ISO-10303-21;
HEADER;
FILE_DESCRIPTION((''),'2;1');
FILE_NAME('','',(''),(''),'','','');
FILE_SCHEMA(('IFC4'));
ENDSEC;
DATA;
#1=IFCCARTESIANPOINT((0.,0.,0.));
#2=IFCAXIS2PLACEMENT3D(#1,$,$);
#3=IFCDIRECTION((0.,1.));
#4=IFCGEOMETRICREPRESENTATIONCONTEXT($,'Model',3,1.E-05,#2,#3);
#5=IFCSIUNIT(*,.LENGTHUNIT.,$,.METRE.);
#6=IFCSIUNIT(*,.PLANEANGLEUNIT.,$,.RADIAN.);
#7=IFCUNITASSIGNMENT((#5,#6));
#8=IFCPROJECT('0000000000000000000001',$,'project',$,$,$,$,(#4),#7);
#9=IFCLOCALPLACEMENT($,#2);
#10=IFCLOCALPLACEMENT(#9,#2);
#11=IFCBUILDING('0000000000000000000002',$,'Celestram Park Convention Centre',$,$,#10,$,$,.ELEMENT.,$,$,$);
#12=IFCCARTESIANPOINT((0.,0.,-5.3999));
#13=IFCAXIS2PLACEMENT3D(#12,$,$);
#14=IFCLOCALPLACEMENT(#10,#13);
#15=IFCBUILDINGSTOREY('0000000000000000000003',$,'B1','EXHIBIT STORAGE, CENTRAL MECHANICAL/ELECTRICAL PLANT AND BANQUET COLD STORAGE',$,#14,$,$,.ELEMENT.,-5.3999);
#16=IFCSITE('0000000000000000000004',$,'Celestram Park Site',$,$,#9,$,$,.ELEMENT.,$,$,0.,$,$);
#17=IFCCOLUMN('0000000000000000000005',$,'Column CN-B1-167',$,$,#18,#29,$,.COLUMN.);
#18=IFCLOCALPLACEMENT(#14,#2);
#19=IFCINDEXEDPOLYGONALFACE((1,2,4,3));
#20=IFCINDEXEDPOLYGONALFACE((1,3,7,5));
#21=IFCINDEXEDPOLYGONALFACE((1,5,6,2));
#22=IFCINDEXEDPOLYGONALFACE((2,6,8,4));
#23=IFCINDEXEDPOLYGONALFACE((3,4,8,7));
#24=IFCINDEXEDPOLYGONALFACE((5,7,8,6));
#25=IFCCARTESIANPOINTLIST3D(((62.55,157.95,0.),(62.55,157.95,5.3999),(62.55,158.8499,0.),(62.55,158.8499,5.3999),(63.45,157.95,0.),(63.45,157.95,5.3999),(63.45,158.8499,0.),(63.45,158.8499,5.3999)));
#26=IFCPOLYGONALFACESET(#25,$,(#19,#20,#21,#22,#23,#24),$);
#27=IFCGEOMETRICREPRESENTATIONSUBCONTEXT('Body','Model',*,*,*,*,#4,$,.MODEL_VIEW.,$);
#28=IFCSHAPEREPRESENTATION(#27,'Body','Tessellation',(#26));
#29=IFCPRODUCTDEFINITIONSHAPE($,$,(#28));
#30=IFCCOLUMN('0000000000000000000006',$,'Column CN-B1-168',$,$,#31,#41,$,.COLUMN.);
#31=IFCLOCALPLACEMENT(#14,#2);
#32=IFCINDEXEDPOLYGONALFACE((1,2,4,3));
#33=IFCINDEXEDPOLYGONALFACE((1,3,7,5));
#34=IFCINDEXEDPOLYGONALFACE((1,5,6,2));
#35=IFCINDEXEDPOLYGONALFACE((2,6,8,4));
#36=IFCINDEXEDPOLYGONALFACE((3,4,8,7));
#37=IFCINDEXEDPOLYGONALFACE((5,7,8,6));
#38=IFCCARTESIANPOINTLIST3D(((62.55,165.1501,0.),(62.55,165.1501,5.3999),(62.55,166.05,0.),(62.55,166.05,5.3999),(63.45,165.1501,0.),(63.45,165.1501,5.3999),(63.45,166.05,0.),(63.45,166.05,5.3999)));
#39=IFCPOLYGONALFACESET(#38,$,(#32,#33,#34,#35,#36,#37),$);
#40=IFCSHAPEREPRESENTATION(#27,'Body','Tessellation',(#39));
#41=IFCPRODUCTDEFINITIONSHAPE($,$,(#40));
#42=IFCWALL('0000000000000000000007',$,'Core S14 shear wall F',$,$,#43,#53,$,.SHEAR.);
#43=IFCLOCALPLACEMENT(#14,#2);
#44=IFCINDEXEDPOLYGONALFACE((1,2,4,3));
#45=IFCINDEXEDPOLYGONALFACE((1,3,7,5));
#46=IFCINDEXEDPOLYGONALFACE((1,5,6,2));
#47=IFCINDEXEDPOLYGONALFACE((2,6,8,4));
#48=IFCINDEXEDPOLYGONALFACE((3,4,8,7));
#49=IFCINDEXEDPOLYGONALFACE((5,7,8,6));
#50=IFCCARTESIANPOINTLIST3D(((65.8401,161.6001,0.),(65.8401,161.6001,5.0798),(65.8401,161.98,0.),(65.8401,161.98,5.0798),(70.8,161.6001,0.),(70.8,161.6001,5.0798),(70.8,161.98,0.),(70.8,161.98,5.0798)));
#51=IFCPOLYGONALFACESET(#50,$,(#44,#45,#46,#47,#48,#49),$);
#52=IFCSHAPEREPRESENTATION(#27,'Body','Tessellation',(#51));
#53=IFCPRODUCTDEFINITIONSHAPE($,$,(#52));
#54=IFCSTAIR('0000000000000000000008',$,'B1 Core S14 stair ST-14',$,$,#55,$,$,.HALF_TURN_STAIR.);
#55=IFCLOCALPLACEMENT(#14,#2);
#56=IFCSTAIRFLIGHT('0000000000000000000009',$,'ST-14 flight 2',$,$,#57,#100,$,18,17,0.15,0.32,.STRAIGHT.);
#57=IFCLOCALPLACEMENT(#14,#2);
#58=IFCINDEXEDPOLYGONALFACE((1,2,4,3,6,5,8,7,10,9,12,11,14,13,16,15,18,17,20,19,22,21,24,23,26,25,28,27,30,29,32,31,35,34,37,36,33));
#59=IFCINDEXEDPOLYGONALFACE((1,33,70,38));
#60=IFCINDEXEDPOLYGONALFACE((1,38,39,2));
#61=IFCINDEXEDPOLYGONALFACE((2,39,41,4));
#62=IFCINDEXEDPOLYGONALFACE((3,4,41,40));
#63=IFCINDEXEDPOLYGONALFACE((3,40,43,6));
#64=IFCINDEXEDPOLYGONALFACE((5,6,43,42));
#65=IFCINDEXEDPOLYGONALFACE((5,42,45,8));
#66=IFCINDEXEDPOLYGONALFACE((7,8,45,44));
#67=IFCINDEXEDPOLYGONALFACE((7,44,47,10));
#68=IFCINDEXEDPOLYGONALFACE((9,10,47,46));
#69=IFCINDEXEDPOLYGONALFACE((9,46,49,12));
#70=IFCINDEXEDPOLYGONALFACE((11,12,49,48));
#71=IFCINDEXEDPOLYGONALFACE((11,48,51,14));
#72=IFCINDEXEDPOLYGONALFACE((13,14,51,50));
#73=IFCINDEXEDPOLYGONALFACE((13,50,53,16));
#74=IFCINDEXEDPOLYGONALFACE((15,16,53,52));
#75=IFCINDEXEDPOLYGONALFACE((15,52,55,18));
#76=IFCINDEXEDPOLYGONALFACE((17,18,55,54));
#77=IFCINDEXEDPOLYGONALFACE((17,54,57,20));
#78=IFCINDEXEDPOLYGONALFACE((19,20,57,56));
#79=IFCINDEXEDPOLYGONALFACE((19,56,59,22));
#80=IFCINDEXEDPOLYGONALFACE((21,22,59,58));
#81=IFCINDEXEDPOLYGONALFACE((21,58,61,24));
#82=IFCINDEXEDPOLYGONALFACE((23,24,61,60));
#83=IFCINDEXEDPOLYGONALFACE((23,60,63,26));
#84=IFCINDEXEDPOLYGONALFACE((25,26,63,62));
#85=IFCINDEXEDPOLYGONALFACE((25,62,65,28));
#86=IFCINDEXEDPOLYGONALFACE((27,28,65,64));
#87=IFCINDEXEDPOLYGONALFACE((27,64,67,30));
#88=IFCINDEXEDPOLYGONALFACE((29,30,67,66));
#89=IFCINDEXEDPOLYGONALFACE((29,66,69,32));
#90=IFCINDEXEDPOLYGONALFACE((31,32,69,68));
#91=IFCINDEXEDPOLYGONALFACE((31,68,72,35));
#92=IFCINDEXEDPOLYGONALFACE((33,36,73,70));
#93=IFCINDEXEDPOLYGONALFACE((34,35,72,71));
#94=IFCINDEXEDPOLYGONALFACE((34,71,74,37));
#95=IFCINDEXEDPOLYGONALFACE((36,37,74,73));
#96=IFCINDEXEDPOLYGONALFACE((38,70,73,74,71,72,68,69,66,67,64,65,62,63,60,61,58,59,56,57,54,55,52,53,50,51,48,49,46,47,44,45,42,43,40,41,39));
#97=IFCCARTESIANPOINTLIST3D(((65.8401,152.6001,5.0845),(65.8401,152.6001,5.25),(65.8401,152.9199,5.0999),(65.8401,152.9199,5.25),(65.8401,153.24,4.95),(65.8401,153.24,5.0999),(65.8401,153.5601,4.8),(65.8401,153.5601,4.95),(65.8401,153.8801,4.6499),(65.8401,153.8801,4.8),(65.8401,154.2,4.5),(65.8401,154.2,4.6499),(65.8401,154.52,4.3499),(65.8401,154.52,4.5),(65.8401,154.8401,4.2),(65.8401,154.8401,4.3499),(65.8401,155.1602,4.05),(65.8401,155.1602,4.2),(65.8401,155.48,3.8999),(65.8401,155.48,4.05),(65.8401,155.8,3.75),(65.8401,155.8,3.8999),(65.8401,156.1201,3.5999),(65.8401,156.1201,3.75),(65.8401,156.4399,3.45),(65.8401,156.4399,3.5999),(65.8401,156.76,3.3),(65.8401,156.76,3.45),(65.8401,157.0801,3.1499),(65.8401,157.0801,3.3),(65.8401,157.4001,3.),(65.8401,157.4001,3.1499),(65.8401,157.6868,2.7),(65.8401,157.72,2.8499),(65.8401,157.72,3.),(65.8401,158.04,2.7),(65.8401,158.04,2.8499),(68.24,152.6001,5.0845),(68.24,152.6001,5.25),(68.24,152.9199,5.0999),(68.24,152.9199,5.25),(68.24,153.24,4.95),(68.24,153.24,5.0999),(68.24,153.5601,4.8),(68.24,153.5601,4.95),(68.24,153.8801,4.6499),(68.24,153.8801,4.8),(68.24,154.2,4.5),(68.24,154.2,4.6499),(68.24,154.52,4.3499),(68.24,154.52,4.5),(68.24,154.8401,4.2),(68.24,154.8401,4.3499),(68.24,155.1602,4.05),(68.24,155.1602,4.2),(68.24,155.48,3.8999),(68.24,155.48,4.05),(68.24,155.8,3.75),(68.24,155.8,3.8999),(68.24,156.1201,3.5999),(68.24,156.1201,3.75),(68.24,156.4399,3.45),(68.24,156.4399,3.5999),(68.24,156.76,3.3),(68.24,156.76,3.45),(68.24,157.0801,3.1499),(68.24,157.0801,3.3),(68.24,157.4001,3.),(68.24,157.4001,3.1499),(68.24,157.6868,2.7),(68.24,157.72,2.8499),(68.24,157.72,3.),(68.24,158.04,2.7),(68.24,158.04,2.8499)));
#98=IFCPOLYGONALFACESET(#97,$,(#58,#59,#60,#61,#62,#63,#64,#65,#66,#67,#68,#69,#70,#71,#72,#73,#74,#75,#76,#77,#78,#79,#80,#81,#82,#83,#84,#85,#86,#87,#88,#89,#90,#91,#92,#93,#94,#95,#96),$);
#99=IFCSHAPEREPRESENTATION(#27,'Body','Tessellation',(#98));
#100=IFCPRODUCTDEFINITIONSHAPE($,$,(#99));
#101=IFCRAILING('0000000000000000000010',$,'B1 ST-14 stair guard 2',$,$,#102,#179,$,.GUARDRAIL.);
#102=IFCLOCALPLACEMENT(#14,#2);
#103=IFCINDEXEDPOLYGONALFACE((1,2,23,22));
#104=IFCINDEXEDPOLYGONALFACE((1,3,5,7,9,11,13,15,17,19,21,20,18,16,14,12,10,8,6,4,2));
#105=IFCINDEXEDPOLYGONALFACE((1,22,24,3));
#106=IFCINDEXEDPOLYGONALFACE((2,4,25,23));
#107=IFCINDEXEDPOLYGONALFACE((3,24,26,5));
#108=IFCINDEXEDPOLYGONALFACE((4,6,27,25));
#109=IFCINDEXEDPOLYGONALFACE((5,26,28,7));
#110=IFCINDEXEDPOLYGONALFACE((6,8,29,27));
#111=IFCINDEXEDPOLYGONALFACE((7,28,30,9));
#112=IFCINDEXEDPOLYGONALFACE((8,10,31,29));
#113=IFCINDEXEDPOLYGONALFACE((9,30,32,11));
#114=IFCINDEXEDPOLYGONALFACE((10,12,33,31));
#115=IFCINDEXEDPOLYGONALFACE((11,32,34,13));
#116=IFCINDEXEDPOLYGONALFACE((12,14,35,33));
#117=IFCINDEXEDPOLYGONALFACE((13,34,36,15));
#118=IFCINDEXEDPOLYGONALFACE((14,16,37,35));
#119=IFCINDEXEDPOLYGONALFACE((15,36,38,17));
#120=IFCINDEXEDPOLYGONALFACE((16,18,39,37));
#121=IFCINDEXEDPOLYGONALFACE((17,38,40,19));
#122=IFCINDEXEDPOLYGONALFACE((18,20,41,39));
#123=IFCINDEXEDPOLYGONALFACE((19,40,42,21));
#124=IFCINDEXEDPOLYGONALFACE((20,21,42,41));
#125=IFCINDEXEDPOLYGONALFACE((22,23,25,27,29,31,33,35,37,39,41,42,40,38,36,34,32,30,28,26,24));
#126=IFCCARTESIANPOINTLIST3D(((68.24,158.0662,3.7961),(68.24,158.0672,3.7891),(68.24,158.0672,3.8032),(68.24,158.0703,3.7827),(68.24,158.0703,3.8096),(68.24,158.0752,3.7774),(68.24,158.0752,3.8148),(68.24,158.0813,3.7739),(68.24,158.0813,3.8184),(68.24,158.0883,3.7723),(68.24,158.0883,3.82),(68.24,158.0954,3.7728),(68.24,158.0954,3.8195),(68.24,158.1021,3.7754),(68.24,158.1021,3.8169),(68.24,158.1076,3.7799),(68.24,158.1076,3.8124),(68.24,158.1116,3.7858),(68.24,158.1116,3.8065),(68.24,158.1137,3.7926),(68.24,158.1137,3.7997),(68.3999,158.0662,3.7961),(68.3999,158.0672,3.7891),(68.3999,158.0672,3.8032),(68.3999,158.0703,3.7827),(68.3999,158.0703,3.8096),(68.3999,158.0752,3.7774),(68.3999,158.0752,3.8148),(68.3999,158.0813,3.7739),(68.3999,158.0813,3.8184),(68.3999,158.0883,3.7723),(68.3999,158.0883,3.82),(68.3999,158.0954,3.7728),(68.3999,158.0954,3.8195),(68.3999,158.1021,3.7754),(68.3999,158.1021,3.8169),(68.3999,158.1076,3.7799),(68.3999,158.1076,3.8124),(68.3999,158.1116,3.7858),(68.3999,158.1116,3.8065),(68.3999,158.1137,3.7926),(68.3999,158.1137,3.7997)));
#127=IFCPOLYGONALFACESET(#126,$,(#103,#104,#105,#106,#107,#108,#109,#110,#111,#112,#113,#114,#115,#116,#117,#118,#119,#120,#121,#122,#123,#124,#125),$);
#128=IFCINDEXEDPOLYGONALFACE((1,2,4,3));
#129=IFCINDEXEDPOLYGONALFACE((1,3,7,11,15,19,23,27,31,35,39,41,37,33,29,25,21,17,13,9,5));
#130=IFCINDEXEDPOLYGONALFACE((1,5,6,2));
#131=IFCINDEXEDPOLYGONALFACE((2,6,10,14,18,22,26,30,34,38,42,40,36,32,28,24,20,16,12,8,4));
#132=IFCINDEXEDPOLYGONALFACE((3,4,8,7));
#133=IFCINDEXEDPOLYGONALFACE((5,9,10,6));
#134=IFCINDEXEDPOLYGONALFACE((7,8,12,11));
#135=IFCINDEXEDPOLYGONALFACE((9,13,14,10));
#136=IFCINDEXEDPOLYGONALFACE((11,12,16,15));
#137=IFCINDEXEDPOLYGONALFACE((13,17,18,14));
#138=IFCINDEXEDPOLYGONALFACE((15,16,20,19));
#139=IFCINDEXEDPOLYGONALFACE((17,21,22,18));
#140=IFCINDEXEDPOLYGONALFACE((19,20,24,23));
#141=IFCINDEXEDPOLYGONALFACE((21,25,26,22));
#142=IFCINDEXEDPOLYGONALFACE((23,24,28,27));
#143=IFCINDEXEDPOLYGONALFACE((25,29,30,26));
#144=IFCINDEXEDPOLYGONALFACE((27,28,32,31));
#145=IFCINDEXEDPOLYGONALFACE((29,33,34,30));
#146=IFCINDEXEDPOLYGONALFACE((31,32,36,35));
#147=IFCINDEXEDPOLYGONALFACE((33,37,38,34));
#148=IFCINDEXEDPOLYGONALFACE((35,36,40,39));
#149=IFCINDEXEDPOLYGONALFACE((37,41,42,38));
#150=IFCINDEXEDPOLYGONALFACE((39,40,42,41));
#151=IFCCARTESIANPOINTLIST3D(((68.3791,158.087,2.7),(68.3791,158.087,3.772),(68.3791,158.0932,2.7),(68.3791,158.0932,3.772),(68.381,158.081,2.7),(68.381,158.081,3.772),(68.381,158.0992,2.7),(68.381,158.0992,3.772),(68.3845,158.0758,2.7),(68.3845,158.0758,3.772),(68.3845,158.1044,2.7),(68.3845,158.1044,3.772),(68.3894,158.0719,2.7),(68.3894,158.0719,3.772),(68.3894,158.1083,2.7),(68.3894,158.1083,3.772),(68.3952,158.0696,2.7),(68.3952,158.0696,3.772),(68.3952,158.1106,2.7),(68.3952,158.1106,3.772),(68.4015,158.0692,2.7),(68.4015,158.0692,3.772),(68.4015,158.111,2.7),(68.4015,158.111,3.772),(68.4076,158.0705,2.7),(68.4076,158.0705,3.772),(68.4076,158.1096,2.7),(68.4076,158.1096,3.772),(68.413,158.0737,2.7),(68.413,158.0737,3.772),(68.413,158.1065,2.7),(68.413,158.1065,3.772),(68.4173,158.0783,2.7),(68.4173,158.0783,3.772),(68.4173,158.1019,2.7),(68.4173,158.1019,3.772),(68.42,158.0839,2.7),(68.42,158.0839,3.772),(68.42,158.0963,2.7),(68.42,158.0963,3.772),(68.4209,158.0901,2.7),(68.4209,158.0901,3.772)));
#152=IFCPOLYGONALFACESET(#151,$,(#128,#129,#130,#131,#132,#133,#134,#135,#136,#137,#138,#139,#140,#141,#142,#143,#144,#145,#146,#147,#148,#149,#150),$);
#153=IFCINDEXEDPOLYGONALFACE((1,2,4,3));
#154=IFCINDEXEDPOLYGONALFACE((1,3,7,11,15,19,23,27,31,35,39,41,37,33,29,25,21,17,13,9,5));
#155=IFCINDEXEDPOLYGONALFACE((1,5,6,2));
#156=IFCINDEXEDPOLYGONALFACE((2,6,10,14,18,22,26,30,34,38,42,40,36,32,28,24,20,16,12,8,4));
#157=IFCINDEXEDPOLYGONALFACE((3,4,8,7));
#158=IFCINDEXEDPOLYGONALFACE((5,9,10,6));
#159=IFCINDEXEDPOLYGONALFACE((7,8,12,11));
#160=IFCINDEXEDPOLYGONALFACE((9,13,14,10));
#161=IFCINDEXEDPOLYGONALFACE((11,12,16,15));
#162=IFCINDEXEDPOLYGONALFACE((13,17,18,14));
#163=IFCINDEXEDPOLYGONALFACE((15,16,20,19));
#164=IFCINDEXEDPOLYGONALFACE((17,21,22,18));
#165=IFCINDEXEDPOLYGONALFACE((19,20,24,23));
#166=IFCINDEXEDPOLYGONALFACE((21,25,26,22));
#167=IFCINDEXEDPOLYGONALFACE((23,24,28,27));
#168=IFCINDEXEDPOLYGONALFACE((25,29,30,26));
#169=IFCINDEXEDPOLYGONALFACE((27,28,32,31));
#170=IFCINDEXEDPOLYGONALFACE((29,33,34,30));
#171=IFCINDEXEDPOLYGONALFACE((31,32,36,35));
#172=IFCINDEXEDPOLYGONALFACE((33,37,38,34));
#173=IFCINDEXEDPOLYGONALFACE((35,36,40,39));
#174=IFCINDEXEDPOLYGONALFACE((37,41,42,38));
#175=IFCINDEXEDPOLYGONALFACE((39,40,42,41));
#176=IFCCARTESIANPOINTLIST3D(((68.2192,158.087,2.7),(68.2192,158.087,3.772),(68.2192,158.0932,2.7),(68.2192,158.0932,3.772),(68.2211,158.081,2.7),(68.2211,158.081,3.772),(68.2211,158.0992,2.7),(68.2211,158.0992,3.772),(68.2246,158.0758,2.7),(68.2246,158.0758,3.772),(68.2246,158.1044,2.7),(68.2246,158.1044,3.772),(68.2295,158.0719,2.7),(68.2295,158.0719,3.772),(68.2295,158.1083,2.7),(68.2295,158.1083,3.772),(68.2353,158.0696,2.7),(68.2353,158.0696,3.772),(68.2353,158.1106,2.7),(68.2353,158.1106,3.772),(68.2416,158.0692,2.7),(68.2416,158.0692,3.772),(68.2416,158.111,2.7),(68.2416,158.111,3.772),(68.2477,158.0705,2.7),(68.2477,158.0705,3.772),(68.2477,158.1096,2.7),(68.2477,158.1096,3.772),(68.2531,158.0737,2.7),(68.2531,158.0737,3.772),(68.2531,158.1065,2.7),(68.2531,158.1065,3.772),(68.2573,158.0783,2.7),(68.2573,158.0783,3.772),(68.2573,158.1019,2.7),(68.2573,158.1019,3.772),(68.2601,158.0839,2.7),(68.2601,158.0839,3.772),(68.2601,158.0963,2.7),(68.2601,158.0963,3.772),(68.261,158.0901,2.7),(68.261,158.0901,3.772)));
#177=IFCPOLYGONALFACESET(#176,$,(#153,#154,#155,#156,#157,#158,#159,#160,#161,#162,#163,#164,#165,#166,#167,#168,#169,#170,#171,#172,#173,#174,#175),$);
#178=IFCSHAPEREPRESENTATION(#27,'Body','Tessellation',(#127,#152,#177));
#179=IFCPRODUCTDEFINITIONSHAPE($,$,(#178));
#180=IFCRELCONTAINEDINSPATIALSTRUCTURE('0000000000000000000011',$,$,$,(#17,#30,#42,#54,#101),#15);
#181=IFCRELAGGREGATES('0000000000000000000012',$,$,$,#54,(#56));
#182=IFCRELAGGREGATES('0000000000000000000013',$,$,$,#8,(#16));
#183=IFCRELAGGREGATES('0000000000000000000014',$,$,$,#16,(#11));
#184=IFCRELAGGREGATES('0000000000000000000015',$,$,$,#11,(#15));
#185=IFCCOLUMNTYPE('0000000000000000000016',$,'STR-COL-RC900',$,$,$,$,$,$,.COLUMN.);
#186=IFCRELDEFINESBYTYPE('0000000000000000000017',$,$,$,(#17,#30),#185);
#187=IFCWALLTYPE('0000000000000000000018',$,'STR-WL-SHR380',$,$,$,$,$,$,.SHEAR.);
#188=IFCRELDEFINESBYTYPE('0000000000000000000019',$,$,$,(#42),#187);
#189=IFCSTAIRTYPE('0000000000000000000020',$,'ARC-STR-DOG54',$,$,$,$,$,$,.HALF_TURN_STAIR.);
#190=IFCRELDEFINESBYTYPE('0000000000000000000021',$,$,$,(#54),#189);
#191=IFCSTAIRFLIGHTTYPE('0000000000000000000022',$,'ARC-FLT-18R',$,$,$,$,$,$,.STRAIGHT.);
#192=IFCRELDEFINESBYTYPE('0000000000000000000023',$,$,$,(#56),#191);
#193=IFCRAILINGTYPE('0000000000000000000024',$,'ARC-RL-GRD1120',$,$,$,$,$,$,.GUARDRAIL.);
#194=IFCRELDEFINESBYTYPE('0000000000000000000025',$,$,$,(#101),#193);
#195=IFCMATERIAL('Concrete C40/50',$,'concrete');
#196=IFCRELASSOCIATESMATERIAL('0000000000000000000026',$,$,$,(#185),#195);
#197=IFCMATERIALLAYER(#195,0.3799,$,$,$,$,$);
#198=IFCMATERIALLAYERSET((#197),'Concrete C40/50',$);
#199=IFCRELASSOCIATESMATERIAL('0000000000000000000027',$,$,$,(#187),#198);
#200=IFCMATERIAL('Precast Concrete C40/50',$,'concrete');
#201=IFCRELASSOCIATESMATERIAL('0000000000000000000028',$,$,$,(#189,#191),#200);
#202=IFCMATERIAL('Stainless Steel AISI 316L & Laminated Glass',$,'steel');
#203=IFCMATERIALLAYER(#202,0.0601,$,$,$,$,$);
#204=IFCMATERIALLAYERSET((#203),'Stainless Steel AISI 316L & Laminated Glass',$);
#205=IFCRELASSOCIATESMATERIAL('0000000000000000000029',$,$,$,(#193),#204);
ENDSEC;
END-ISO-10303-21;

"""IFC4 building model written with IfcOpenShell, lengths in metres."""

from ifc_helpers import new_model, si_unit, direction, frame, frame_2d, origin, origin_2d, place, context, subcontext, project, spatial, polyline, rectangle, circle, outline, extrude, material, layer, layer_set, material_profile, profile_set, type_object, element, aggregate, save


model = new_model("IFC4")

# Units and contexts
model_context = context("Model", 3, precision=1e-05, world=origin(), true_north=direction((0.0, 1.0)))
body_context = subcontext(model_context, "Body", "Model", "MODEL_VIEW")
ifc_project = project(units=[si_unit("LENGTHUNIT", "METRE"), si_unit("PLANEANGLEUNIT", "RADIAN")], contexts=[model_context])

# Site, building, storey
site_placement = place(None, origin())
site = spatial("IfcSite", under=ifc_project, at=site_placement, Name="Celestram Park Site", CompositionType="ELEMENT", RefElevation=0.0)
building_placement = place(site_placement, origin())
building = spatial("IfcBuilding", under=site, at=building_placement, Name="Celestram Park Convention Centre", CompositionType="ELEMENT")
storey_placement = place(building_placement, frame((0.0, 0.0, -5.3999)))
storey = spatial("IfcBuildingStorey", under=building, at=storey_placement, Name="B1", Description="EXHIBIT STORAGE, CENTRAL MECHANICAL/ELECTRICAL PLANT AND BANQUET COLD STORAGE", CompositionType="ELEMENT", Elevation=-5.3999)

# Shared definitions
ifc_material_1 = material(Name="Concrete C40/50", Category="concrete")

# Columns
ifc_material_profile_1 = material_profile(ifc_material_1, rectangle(XDim=0.8999, YDim=0.8999, at=origin_2d()), Name="RC900X900")
ifc_profile_set_1 = profile_set([ifc_material_profile_1], Name="Concrete C40/50")
column_type = type_object("IfcColumnType", Name="STR-COL-RC900", PredefinedType="COLUMN", material=ifc_profile_set_1)
for number, where, z_axis, x_axis, name in (
    (1, (63.0, 158.3999, 0.0), (0.0, 0.0, 1.0), (1.0, 0.0, 0.0), "Column CN-B1-167"),
    (2, (63.0, 165.6001, 0.0), (0.0, 0.0, 1.0), (1.0, 0.0, 0.0), "Column CN-B1-168"),
):
    element("IfcColumn", number, at=place(storey_placement, frame(where, z_axis=z_axis, x_axis=x_axis)), inside=storey, type_object=column_type, Name=name, PredefinedType="COLUMN", context=body_context, shape_type="SweptSolid", body=[
        extrude(rectangle(XDim=0.8999, YDim=0.8999, at=origin_2d()), origin(), (0.0, 0.0, 1.0), 5.3999),
    ])

# Wall
ifc_layer_1 = layer(ifc_material_1, 0.3799)
ifc_layer_set_1 = layer_set([ifc_layer_1], Name="Concrete C40/50")
wall_type = type_object("IfcWallType", Name="STR-WL-SHR380", PredefinedType="SHEAR", material=ifc_layer_set_1)
wall_placement = place(storey_placement, frame((65.8401, 161.79, 0.0), z_axis=(0.0, 0.0, 1.0), x_axis=(1.0, 0.0, 0.0)))
element("IfcWall", 3, at=wall_placement, inside=storey, type_object=wall_type, Name="Core S14 shear wall F", PredefinedType="SHEAR", context=body_context, shape_type="SweptSolid", body=[
    extrude(rectangle(XDim=4.96, YDim=0.3799, at=frame_2d((2.48, 0.0))), origin(), (0.0, 0.0, 1.0), 5.0798),
])

# Stair, stair flight
ifc_material_2 = material(Name="Precast Concrete C40/50", Category="concrete")
stair_type = type_object("IfcStairType", Name="ARC-STR-DOG54", PredefinedType="HALF_TURN_STAIR", material=ifc_material_2)
stair_placement = place(storey_placement, origin())
stair = element("IfcStair", 4, at=stair_placement, inside=storey, type_object=stair_type, Name="B1 Core S14 stair ST-14", PredefinedType="HALF_TURN_STAIR")
stair_flight_type = type_object("IfcStairFlightType", Name="ARC-FLT-18R", PredefinedType="STRAIGHT", material=ifc_material_2)
stair_flight_placement = place(storey_placement, frame((67.04, 158.04, 2.7), z_axis=(0.0, 0.0, 1.0), x_axis=(0.0, -1.0, 0.0)))
stair_flight = element("IfcStairFlight", 5, at=stair_flight_placement, type_object=stair_flight_type, Name="ST-14 flight 2", NumberOfRisers=18, NumberOfTreads=17, PredefinedType="STRAIGHT", RiserHeight=0.15, TreadLength=0.32, context=body_context, shape_type="SweptSolid", body=[
    extrude(outline(polyline([(0.0, 0.0), (0.0, 0.1499), (0.3201, 0.1499), (0.3201, 0.3), (0.6399, 0.3), (0.6399, 0.45), (0.96, 0.45), (0.96, 0.6001), (1.28, 0.6001), (1.28, 0.75), (1.6001, 0.75), (1.6001, 0.8999), (1.9199, 0.8999), (1.9199, 1.05), (2.24, 1.05), (2.24, 1.2), (2.5601, 1.2), (2.5601, 1.3501), (2.8799, 1.3501), (2.8799, 1.5), (3.2, 1.5), (3.2, 1.6499), (3.52, 1.6499), (3.52, 1.8), (3.8401, 1.8), (3.8401, 1.95), (4.1599, 1.95), (4.1599, 2.1001), (4.48, 2.1001), (4.48, 2.25), (4.8, 2.25), (4.8, 2.3999), (5.1201, 2.3999), (5.1201, 2.55), (5.4399, 2.55), (5.4399, 2.7), (5.4399, 2.3845), (0.3533, 0.0), (0.0, 0.0)])), frame((0.0, 1.2, 0.0), z_axis=(0.0, -1.0, 0.0), x_axis=(1.0, 0.0, 0.0)), (0.0, 0.0, 1.0), 2.3999),
])
aggregate(stair, [stair_flight])

# Railing
ifc_material_3 = material(Name="Stainless Steel AISI 316L & Laminated Glass", Category="steel")
ifc_layer_2 = layer(ifc_material_3, 0.0601)
ifc_layer_set_2 = layer_set([ifc_layer_2], Name="Stainless Steel AISI 316L & Laminated Glass")
railing_type_1 = type_object("IfcRailingType", Name="ARC-RL-GRD1120", PredefinedType="GUARDRAIL", material=ifc_layer_set_2)
railing_1_placement = place(storey_placement, frame((68.3999, 158.0901, 2.7)))
element("IfcRailing", 6, at=railing_1_placement, inside=storey, type_object=railing_type_1, Name="B1 ST-14 stair guard 2", PredefinedType="GUARDRAIL", context=body_context, shape_type="SweptSolid", body=[
    extrude(circle(Radius=0.0239, at=origin_2d()), frame((0.0, 0.0, 1.0962), z_axis=(-1.0, 0.0, 0.0), x_axis=(0.0, -1.0, 0.0)), (0.0, 0.0, 1.0), 0.1599),
    extrude(circle(Radius=0.021, at=origin_2d()), origin(), (0.0, 0.0, 1.0), 1.072),
    extrude(circle(Radius=0.021, at=origin_2d()), frame((-0.1599, 0.0, 0.0)), (0.0, 0.0, 1.0), 1.072),
])

save(model, "model.ifc")
